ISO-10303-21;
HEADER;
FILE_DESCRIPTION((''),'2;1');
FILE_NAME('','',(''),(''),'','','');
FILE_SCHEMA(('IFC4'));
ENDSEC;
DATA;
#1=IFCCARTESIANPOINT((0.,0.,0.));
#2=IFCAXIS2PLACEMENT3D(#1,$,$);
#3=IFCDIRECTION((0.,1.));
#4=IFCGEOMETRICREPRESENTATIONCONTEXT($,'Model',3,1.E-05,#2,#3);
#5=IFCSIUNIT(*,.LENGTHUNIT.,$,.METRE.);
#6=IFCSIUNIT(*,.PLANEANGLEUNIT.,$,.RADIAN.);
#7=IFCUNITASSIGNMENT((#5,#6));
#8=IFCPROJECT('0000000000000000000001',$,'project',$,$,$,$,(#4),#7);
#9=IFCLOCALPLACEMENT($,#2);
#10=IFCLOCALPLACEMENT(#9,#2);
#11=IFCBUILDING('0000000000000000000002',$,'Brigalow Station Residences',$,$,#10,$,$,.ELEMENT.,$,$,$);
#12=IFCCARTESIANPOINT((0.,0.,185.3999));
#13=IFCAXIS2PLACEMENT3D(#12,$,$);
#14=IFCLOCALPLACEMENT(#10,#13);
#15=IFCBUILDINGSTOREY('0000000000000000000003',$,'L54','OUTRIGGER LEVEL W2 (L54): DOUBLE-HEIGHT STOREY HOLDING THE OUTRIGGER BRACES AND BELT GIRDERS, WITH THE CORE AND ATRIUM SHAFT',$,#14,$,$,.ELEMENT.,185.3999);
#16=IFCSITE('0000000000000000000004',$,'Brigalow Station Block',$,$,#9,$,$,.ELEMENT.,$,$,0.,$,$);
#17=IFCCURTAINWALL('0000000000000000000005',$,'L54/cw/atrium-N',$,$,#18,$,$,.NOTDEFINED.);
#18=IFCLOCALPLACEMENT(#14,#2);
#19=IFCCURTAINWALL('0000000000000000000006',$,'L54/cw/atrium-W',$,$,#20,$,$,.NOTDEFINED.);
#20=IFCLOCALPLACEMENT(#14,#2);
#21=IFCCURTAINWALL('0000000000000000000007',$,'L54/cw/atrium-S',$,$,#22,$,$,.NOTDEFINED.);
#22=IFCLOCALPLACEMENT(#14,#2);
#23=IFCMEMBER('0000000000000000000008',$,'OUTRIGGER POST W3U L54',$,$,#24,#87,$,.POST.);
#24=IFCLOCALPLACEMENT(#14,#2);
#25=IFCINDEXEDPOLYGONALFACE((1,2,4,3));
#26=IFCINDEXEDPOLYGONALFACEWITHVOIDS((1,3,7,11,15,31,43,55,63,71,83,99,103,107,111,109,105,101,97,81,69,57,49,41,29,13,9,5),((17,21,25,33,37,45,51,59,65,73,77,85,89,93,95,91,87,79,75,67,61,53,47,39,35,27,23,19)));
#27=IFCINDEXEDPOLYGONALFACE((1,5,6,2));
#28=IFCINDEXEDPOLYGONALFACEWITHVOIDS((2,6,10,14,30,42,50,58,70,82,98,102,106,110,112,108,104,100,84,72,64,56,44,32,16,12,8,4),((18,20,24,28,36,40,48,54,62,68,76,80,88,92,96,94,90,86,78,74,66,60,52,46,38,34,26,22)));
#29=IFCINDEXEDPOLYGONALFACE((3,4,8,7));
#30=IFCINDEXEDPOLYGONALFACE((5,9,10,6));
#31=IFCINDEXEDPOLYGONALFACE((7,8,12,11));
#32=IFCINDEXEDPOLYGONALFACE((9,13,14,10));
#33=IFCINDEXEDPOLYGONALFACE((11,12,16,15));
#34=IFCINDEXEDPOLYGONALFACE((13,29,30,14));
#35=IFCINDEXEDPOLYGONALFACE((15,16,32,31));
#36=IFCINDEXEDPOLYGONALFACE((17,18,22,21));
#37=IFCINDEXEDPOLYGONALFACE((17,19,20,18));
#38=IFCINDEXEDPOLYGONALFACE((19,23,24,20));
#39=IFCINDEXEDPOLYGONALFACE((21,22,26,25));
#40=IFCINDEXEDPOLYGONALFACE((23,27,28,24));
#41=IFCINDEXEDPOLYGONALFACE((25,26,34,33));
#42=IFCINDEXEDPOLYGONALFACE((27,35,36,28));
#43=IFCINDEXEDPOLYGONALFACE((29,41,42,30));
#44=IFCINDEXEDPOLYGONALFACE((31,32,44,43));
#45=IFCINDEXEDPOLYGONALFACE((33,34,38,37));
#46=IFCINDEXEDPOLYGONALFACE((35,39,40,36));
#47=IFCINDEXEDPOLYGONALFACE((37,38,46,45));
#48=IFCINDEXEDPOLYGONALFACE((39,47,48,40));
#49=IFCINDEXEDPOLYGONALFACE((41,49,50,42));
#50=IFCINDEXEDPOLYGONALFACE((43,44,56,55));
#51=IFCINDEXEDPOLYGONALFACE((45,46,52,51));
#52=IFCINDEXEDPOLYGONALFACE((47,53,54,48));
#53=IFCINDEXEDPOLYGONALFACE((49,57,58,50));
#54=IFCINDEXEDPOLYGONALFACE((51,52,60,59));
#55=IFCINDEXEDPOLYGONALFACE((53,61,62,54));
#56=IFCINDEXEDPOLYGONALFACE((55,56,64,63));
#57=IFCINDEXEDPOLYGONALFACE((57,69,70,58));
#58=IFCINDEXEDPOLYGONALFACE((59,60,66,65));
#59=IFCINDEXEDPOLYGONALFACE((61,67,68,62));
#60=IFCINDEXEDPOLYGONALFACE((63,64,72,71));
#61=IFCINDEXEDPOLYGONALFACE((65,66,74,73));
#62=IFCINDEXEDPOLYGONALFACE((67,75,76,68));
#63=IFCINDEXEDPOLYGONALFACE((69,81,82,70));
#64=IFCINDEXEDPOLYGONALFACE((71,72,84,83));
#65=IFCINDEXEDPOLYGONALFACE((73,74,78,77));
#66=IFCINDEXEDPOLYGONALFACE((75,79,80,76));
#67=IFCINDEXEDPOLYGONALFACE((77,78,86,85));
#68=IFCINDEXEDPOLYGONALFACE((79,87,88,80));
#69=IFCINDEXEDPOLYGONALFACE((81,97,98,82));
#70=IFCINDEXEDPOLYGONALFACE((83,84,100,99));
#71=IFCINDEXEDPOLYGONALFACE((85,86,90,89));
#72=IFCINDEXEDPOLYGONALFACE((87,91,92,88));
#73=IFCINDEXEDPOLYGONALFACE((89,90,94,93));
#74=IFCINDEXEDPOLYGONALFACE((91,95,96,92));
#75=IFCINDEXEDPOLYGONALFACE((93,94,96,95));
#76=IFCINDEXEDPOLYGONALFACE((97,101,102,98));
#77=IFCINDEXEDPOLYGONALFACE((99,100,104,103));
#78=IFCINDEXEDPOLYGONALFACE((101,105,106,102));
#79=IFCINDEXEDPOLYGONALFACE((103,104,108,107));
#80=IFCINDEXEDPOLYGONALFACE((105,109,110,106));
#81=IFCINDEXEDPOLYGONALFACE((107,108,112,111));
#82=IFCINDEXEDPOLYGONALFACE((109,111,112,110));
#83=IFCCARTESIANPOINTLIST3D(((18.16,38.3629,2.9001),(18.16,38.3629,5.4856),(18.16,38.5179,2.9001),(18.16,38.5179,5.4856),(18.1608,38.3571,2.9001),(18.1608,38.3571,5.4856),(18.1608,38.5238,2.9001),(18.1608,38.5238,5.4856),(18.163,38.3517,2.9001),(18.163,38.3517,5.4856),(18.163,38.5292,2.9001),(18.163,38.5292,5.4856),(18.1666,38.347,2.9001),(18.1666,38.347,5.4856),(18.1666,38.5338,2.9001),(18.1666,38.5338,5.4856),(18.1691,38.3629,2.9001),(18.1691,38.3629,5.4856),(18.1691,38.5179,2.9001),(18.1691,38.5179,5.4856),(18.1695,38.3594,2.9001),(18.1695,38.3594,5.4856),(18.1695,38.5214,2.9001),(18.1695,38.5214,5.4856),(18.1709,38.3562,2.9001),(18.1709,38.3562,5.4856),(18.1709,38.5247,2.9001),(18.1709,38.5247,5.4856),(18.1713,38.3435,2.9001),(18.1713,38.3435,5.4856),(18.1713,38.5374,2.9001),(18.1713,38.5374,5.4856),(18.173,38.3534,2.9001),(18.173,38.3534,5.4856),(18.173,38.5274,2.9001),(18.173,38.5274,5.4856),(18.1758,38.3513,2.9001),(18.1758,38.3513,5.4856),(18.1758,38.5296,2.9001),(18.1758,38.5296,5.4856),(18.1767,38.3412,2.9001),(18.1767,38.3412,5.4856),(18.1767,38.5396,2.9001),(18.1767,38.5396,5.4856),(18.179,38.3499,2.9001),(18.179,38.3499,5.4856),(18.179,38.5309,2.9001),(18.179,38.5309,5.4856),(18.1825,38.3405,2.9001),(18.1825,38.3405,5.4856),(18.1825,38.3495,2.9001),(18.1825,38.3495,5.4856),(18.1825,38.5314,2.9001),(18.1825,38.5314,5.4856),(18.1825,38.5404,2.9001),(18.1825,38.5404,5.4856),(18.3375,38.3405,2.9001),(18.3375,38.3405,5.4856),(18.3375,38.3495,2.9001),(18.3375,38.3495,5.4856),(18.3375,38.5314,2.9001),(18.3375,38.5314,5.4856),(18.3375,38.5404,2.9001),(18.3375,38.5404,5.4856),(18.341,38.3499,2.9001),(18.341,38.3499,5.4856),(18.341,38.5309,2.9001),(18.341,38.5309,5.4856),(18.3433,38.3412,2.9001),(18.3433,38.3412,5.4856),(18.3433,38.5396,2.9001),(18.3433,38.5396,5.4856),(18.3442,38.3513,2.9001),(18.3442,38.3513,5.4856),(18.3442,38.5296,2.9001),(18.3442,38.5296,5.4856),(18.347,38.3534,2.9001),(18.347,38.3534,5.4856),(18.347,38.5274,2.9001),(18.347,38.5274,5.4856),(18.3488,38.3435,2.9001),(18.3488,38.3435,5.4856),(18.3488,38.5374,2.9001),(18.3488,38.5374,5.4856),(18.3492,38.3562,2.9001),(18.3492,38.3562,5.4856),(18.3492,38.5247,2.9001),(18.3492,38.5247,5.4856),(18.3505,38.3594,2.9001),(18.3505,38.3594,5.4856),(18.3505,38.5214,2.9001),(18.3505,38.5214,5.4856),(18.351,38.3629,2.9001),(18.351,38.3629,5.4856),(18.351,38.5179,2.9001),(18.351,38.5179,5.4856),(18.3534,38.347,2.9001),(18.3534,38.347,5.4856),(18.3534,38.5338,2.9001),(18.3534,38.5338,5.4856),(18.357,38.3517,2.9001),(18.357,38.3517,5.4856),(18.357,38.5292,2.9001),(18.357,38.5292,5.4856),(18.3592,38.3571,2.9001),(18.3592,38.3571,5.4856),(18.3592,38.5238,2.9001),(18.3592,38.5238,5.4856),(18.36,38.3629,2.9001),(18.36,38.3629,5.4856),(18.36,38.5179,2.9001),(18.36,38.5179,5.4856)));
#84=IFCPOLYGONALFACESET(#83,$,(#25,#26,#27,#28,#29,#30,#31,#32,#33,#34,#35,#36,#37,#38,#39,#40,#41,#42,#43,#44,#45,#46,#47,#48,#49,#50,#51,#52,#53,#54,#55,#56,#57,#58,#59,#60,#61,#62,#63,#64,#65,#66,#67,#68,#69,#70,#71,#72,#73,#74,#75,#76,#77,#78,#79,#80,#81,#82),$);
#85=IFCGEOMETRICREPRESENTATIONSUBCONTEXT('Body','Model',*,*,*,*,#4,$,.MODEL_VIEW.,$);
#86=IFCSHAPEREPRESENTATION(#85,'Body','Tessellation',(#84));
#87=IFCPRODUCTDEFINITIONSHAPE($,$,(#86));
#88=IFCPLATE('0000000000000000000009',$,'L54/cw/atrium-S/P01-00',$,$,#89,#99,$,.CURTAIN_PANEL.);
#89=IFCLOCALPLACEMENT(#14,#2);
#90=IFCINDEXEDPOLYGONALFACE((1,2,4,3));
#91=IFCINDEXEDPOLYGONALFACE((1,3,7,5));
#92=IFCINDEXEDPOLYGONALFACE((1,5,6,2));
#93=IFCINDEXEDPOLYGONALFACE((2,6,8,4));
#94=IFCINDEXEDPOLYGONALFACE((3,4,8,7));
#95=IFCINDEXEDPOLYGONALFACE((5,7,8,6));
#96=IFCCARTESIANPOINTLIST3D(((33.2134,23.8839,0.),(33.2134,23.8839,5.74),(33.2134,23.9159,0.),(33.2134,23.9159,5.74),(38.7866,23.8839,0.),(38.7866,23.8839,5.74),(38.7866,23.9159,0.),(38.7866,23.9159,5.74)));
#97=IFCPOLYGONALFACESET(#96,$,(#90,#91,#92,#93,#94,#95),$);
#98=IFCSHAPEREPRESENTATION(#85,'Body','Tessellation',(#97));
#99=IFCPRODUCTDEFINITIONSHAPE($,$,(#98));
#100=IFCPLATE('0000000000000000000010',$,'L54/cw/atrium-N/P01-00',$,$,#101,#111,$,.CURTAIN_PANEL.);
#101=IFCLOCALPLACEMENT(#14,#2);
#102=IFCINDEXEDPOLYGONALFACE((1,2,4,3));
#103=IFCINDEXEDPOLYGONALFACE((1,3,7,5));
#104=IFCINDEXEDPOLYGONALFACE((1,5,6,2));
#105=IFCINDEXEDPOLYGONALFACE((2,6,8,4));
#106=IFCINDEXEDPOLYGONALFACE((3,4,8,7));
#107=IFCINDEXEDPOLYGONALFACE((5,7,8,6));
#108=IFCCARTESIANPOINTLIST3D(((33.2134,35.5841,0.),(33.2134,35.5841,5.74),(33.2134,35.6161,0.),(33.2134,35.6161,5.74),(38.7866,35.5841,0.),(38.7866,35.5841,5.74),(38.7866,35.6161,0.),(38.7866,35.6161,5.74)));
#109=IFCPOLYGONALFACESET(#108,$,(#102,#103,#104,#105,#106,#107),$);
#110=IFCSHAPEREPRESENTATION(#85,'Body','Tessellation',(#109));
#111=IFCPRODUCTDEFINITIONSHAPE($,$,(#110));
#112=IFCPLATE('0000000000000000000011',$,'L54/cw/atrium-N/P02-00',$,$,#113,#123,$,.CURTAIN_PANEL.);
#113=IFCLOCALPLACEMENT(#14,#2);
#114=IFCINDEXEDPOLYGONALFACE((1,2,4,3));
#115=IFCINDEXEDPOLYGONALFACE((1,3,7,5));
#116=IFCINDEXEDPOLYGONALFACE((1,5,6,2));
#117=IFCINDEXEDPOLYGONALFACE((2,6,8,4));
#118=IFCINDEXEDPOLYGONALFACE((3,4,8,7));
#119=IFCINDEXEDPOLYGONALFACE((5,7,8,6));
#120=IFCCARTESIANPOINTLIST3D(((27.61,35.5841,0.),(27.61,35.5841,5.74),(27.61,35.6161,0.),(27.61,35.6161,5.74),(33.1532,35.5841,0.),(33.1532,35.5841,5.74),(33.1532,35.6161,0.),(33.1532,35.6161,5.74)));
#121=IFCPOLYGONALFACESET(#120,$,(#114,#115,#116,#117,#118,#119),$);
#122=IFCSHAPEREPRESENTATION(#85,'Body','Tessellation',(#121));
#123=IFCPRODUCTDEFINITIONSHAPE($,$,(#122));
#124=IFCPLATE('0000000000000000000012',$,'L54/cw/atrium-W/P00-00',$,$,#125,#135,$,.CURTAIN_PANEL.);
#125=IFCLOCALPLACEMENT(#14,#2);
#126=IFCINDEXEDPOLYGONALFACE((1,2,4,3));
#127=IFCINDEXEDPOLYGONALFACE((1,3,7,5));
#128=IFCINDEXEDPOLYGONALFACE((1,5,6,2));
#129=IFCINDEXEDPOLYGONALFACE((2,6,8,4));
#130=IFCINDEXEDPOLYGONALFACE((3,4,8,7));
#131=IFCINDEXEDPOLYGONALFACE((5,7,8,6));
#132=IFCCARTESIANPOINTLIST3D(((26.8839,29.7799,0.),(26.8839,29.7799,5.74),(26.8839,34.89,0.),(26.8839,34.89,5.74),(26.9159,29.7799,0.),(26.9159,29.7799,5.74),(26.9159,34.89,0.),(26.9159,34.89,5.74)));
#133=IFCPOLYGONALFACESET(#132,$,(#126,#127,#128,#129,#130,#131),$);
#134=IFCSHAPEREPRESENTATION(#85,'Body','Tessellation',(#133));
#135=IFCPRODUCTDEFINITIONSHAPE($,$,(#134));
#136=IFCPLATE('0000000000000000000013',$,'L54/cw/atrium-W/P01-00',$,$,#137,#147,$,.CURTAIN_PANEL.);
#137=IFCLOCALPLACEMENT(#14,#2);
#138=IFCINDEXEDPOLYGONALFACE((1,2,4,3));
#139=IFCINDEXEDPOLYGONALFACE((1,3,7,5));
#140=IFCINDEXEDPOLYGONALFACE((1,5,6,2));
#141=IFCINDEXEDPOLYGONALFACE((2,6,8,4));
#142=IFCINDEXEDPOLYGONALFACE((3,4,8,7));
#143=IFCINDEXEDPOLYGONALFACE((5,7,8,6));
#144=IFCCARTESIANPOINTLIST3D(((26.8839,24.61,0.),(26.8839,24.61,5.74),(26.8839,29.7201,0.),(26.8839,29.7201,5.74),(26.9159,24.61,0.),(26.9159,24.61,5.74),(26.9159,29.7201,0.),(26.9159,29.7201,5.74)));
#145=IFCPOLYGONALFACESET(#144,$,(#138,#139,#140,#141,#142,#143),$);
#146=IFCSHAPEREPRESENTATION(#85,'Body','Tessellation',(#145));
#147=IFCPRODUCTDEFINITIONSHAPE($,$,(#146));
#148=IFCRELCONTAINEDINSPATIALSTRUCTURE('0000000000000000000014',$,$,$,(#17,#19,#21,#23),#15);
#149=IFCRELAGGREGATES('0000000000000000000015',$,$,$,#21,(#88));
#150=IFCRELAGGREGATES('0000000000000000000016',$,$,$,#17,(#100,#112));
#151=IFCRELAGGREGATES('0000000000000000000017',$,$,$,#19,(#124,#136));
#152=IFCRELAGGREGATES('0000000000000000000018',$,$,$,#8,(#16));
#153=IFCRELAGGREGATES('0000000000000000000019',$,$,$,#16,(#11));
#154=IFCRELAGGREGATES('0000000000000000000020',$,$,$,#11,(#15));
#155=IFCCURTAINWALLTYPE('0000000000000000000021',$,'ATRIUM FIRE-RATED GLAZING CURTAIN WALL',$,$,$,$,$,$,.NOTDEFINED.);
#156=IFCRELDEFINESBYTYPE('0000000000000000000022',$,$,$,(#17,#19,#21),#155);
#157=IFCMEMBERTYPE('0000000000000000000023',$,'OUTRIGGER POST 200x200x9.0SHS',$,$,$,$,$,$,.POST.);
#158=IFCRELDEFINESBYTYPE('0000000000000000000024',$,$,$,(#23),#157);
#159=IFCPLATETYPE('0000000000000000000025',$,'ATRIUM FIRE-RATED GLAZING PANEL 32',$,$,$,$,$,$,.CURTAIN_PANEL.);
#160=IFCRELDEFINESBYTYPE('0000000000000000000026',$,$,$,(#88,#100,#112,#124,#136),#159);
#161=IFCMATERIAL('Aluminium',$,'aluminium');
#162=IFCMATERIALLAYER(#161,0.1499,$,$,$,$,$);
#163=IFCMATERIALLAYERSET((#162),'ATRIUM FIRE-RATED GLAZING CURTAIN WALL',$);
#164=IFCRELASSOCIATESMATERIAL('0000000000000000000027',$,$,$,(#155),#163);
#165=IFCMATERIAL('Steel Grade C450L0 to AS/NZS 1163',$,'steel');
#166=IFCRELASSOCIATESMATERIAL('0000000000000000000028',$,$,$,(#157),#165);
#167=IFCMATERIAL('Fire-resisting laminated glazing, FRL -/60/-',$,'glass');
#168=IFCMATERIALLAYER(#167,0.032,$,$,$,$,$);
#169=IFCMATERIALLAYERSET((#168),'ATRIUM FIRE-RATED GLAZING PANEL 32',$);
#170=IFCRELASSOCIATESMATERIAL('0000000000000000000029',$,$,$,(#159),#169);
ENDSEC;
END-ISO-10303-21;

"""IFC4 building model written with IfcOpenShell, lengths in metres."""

from ifc_helpers import new_model, si_unit, direction, frame, origin, origin_2d, place, context, subcontext, project, spatial, rectangle, hollow_rectangle, extrude, material, layer, layer_set, material_profile, profile_set, type_object, element, aggregate, save


model = new_model("IFC4")

# Units and contexts
model_context = context("Model", 3, precision=1e-05, world=origin(), true_north=direction((0.0, 1.0)))
body_context = subcontext(model_context, "Body", "Model", "MODEL_VIEW")
ifc_project = project(units=[si_unit("LENGTHUNIT", "METRE"), si_unit("PLANEANGLEUNIT", "RADIAN")], contexts=[model_context])

# Site, building, storey
site_placement = place(None, origin())
site = spatial("IfcSite", under=ifc_project, at=site_placement, Name="Brigalow Station Block", CompositionType="ELEMENT", RefElevation=0.0)
building_placement = place(site_placement, origin())
building = spatial("IfcBuilding", under=site, at=building_placement, Name="Brigalow Station Residences", CompositionType="ELEMENT")
storey_placement = place(building_placement, frame((0.0, 0.0, 185.3999)))
storey = spatial("IfcBuildingStorey", under=building, at=storey_placement, Name="L54", Description="OUTRIGGER LEVEL W2 (L54): DOUBLE-HEIGHT STOREY HOLDING THE OUTRIGGER BRACES AND BELT GIRDERS, WITH THE CORE AND ATRIUM SHAFT", CompositionType="ELEMENT", Elevation=185.3999)

# Curtain walls
ifc_material_1 = material(Name="Aluminium", Category="aluminium")
ifc_layer_1 = layer(ifc_material_1, 0.1499)
ifc_layer_set_1 = layer_set([ifc_layer_1], Name="ATRIUM FIRE-RATED GLAZING CURTAIN WALL")
curtain_wall_type = type_object("IfcCurtainWallType", Name="ATRIUM FIRE-RATED GLAZING CURTAIN WALL", PredefinedType="NOTDEFINED", material=ifc_layer_set_1)
curtain_wall_1_placement = place(storey_placement, origin())
curtain_wall_1 = element("IfcCurtainWall", 1, at=curtain_wall_1_placement, inside=storey, type_object=curtain_wall_type, Name="L54/cw/atrium-N", PredefinedType="NOTDEFINED")
curtain_wall_2_placement = place(storey_placement, origin())
curtain_wall_2 = element("IfcCurtainWall", 2, at=curtain_wall_2_placement, inside=storey, type_object=curtain_wall_type, Name="L54/cw/atrium-W", PredefinedType="NOTDEFINED")

# Curtain wall
curtain_wall_3_placement = place(storey_placement, origin())
curtain_wall_3 = element("IfcCurtainWall", 3, at=curtain_wall_3_placement, inside=storey, type_object=curtain_wall_type, Name="L54/cw/atrium-S", PredefinedType="NOTDEFINED")

# Member
ifc_material_2 = material(Name="Steel Grade C450L0 to AS/NZS 1163", Category="steel")
ifc_material_profile_1 = material_profile(ifc_material_2, hollow_rectangle(XDim=0.2, YDim=0.2, WallThickness=0.009, InnerFilletRadius=0.0134, OuterFilletRadius=0.0225, at=origin_2d()), Name="200x200x9.0SHS")
ifc_profile_set_1 = profile_set([ifc_material_profile_1], Name="Steel Grade C450L0 to AS/NZS 1163")
member_type_1 = type_object("IfcMemberType", Name="OUTRIGGER POST 200x200x9.0SHS", PredefinedType="POST", material=ifc_profile_set_1)
for number, where, z_axis, x_axis, name in (
    (4, (18.26, 38.4404, 2.9001), (0.0, 0.0, 1.0), (1.0, 0.0, 0.0), "OUTRIGGER POST W3U L54"),
):
    element("IfcMember", number, at=place(storey_placement, frame(where, z_axis=z_axis, x_axis=x_axis)), inside=storey, type_object=member_type_1, Name=name, PredefinedType="POST", context=body_context, shape_type="SweptSolid", body=[
        extrude(hollow_rectangle(XDim=0.2, YDim=0.2, WallThickness=0.009, InnerFilletRadius=0.0134, OuterFilletRadius=0.0225, at=origin_2d()), origin(), (0.0, 0.0, 1.0), 2.5854),
    ])

# Plates
ifc_material_3 = material(Name="Fire-resisting laminated glazing, FRL -/60/-", Category="glass")
ifc_layer_2 = layer(ifc_material_3, 0.032)
ifc_layer_set_2 = layer_set([ifc_layer_2], Name="ATRIUM FIRE-RATED GLAZING PANEL 32")
plate_type = type_object("IfcPlateType", Name="ATRIUM FIRE-RATED GLAZING PANEL 32", PredefinedType="CURTAIN_PANEL", material=ifc_layer_set_2)
plate_1_placement = place(storey_placement, frame((36.0, 23.8999, 0.0), z_axis=(0.0, 0.0, 1.0), x_axis=(1.0, 0.0, 0.0)))
plate_1 = element("IfcPlate", 5, at=plate_1_placement, type_object=plate_type, Name="L54/cw/atrium-S/P01-00", PredefinedType="CURTAIN_PANEL", context=body_context, shape_type="SweptSolid", body=[
    extrude(rectangle(XDim=5.5732, YDim=0.032, at=origin_2d()), origin(), (0.0, 0.0, 1.0), 5.74),
])
aggregate(curtain_wall_3, [plate_1])
plate_2_placement = place(storey_placement, frame((36.0, 35.6001, 0.0), z_axis=(0.0, 0.0, 1.0), x_axis=(-1.0, 0.0, 0.0)))
plate_2 = element("IfcPlate", 6, at=plate_2_placement, type_object=plate_type, Name="L54/cw/atrium-N/P01-00", PredefinedType="CURTAIN_PANEL", context=body_context, shape_type="SweptSolid", body=[
    extrude(rectangle(XDim=5.5732, YDim=0.032, at=origin_2d()), origin(), (0.0, 0.0, 1.0), 5.74),
])
plate_3_placement = place(storey_placement, frame((30.3816, 35.6001, 0.0), z_axis=(0.0, 0.0, 1.0), x_axis=(-1.0, 0.0, 0.0)))
plate_3 = element("IfcPlate", 7, at=plate_3_placement, type_object=plate_type, Name="L54/cw/atrium-N/P02-00", PredefinedType="CURTAIN_PANEL", context=body_context, shape_type="SweptSolid", body=[
    extrude(rectangle(XDim=5.5432, YDim=0.032, at=origin_2d()), origin(), (0.0, 0.0, 1.0), 5.74),
])
aggregate(curtain_wall_1, [plate_2, plate_3])
plate_4_placement = place(storey_placement, frame((26.8999, 32.335, 0.0), z_axis=(0.0, 0.0, 1.0), x_axis=(0.0, -1.0, 0.0)))
plate_4 = element("IfcPlate", 8, at=plate_4_placement, type_object=plate_type, Name="L54/cw/atrium-W/P00-00", PredefinedType="CURTAIN_PANEL", context=body_context, shape_type="SweptSolid", body=[
    extrude(rectangle(XDim=5.1101, YDim=0.032, at=origin_2d()), origin(), (0.0, 0.0, 1.0), 5.74),
])
plate_5_placement = place(storey_placement, frame((26.8999, 27.165, 0.0), z_axis=(0.0, 0.0, 1.0), x_axis=(0.0, -1.0, 0.0)))
plate_5 = element("IfcPlate", 9, at=plate_5_placement, type_object=plate_type, Name="L54/cw/atrium-W/P01-00", PredefinedType="CURTAIN_PANEL", context=body_context, shape_type="SweptSolid", body=[
    extrude(rectangle(XDim=5.1101, YDim=0.032, at=origin_2d()), origin(), (0.0, 0.0, 1.0), 5.74),
])
aggregate(curtain_wall_2, [plate_4, plate_5])

save(model, "model.ifc")
